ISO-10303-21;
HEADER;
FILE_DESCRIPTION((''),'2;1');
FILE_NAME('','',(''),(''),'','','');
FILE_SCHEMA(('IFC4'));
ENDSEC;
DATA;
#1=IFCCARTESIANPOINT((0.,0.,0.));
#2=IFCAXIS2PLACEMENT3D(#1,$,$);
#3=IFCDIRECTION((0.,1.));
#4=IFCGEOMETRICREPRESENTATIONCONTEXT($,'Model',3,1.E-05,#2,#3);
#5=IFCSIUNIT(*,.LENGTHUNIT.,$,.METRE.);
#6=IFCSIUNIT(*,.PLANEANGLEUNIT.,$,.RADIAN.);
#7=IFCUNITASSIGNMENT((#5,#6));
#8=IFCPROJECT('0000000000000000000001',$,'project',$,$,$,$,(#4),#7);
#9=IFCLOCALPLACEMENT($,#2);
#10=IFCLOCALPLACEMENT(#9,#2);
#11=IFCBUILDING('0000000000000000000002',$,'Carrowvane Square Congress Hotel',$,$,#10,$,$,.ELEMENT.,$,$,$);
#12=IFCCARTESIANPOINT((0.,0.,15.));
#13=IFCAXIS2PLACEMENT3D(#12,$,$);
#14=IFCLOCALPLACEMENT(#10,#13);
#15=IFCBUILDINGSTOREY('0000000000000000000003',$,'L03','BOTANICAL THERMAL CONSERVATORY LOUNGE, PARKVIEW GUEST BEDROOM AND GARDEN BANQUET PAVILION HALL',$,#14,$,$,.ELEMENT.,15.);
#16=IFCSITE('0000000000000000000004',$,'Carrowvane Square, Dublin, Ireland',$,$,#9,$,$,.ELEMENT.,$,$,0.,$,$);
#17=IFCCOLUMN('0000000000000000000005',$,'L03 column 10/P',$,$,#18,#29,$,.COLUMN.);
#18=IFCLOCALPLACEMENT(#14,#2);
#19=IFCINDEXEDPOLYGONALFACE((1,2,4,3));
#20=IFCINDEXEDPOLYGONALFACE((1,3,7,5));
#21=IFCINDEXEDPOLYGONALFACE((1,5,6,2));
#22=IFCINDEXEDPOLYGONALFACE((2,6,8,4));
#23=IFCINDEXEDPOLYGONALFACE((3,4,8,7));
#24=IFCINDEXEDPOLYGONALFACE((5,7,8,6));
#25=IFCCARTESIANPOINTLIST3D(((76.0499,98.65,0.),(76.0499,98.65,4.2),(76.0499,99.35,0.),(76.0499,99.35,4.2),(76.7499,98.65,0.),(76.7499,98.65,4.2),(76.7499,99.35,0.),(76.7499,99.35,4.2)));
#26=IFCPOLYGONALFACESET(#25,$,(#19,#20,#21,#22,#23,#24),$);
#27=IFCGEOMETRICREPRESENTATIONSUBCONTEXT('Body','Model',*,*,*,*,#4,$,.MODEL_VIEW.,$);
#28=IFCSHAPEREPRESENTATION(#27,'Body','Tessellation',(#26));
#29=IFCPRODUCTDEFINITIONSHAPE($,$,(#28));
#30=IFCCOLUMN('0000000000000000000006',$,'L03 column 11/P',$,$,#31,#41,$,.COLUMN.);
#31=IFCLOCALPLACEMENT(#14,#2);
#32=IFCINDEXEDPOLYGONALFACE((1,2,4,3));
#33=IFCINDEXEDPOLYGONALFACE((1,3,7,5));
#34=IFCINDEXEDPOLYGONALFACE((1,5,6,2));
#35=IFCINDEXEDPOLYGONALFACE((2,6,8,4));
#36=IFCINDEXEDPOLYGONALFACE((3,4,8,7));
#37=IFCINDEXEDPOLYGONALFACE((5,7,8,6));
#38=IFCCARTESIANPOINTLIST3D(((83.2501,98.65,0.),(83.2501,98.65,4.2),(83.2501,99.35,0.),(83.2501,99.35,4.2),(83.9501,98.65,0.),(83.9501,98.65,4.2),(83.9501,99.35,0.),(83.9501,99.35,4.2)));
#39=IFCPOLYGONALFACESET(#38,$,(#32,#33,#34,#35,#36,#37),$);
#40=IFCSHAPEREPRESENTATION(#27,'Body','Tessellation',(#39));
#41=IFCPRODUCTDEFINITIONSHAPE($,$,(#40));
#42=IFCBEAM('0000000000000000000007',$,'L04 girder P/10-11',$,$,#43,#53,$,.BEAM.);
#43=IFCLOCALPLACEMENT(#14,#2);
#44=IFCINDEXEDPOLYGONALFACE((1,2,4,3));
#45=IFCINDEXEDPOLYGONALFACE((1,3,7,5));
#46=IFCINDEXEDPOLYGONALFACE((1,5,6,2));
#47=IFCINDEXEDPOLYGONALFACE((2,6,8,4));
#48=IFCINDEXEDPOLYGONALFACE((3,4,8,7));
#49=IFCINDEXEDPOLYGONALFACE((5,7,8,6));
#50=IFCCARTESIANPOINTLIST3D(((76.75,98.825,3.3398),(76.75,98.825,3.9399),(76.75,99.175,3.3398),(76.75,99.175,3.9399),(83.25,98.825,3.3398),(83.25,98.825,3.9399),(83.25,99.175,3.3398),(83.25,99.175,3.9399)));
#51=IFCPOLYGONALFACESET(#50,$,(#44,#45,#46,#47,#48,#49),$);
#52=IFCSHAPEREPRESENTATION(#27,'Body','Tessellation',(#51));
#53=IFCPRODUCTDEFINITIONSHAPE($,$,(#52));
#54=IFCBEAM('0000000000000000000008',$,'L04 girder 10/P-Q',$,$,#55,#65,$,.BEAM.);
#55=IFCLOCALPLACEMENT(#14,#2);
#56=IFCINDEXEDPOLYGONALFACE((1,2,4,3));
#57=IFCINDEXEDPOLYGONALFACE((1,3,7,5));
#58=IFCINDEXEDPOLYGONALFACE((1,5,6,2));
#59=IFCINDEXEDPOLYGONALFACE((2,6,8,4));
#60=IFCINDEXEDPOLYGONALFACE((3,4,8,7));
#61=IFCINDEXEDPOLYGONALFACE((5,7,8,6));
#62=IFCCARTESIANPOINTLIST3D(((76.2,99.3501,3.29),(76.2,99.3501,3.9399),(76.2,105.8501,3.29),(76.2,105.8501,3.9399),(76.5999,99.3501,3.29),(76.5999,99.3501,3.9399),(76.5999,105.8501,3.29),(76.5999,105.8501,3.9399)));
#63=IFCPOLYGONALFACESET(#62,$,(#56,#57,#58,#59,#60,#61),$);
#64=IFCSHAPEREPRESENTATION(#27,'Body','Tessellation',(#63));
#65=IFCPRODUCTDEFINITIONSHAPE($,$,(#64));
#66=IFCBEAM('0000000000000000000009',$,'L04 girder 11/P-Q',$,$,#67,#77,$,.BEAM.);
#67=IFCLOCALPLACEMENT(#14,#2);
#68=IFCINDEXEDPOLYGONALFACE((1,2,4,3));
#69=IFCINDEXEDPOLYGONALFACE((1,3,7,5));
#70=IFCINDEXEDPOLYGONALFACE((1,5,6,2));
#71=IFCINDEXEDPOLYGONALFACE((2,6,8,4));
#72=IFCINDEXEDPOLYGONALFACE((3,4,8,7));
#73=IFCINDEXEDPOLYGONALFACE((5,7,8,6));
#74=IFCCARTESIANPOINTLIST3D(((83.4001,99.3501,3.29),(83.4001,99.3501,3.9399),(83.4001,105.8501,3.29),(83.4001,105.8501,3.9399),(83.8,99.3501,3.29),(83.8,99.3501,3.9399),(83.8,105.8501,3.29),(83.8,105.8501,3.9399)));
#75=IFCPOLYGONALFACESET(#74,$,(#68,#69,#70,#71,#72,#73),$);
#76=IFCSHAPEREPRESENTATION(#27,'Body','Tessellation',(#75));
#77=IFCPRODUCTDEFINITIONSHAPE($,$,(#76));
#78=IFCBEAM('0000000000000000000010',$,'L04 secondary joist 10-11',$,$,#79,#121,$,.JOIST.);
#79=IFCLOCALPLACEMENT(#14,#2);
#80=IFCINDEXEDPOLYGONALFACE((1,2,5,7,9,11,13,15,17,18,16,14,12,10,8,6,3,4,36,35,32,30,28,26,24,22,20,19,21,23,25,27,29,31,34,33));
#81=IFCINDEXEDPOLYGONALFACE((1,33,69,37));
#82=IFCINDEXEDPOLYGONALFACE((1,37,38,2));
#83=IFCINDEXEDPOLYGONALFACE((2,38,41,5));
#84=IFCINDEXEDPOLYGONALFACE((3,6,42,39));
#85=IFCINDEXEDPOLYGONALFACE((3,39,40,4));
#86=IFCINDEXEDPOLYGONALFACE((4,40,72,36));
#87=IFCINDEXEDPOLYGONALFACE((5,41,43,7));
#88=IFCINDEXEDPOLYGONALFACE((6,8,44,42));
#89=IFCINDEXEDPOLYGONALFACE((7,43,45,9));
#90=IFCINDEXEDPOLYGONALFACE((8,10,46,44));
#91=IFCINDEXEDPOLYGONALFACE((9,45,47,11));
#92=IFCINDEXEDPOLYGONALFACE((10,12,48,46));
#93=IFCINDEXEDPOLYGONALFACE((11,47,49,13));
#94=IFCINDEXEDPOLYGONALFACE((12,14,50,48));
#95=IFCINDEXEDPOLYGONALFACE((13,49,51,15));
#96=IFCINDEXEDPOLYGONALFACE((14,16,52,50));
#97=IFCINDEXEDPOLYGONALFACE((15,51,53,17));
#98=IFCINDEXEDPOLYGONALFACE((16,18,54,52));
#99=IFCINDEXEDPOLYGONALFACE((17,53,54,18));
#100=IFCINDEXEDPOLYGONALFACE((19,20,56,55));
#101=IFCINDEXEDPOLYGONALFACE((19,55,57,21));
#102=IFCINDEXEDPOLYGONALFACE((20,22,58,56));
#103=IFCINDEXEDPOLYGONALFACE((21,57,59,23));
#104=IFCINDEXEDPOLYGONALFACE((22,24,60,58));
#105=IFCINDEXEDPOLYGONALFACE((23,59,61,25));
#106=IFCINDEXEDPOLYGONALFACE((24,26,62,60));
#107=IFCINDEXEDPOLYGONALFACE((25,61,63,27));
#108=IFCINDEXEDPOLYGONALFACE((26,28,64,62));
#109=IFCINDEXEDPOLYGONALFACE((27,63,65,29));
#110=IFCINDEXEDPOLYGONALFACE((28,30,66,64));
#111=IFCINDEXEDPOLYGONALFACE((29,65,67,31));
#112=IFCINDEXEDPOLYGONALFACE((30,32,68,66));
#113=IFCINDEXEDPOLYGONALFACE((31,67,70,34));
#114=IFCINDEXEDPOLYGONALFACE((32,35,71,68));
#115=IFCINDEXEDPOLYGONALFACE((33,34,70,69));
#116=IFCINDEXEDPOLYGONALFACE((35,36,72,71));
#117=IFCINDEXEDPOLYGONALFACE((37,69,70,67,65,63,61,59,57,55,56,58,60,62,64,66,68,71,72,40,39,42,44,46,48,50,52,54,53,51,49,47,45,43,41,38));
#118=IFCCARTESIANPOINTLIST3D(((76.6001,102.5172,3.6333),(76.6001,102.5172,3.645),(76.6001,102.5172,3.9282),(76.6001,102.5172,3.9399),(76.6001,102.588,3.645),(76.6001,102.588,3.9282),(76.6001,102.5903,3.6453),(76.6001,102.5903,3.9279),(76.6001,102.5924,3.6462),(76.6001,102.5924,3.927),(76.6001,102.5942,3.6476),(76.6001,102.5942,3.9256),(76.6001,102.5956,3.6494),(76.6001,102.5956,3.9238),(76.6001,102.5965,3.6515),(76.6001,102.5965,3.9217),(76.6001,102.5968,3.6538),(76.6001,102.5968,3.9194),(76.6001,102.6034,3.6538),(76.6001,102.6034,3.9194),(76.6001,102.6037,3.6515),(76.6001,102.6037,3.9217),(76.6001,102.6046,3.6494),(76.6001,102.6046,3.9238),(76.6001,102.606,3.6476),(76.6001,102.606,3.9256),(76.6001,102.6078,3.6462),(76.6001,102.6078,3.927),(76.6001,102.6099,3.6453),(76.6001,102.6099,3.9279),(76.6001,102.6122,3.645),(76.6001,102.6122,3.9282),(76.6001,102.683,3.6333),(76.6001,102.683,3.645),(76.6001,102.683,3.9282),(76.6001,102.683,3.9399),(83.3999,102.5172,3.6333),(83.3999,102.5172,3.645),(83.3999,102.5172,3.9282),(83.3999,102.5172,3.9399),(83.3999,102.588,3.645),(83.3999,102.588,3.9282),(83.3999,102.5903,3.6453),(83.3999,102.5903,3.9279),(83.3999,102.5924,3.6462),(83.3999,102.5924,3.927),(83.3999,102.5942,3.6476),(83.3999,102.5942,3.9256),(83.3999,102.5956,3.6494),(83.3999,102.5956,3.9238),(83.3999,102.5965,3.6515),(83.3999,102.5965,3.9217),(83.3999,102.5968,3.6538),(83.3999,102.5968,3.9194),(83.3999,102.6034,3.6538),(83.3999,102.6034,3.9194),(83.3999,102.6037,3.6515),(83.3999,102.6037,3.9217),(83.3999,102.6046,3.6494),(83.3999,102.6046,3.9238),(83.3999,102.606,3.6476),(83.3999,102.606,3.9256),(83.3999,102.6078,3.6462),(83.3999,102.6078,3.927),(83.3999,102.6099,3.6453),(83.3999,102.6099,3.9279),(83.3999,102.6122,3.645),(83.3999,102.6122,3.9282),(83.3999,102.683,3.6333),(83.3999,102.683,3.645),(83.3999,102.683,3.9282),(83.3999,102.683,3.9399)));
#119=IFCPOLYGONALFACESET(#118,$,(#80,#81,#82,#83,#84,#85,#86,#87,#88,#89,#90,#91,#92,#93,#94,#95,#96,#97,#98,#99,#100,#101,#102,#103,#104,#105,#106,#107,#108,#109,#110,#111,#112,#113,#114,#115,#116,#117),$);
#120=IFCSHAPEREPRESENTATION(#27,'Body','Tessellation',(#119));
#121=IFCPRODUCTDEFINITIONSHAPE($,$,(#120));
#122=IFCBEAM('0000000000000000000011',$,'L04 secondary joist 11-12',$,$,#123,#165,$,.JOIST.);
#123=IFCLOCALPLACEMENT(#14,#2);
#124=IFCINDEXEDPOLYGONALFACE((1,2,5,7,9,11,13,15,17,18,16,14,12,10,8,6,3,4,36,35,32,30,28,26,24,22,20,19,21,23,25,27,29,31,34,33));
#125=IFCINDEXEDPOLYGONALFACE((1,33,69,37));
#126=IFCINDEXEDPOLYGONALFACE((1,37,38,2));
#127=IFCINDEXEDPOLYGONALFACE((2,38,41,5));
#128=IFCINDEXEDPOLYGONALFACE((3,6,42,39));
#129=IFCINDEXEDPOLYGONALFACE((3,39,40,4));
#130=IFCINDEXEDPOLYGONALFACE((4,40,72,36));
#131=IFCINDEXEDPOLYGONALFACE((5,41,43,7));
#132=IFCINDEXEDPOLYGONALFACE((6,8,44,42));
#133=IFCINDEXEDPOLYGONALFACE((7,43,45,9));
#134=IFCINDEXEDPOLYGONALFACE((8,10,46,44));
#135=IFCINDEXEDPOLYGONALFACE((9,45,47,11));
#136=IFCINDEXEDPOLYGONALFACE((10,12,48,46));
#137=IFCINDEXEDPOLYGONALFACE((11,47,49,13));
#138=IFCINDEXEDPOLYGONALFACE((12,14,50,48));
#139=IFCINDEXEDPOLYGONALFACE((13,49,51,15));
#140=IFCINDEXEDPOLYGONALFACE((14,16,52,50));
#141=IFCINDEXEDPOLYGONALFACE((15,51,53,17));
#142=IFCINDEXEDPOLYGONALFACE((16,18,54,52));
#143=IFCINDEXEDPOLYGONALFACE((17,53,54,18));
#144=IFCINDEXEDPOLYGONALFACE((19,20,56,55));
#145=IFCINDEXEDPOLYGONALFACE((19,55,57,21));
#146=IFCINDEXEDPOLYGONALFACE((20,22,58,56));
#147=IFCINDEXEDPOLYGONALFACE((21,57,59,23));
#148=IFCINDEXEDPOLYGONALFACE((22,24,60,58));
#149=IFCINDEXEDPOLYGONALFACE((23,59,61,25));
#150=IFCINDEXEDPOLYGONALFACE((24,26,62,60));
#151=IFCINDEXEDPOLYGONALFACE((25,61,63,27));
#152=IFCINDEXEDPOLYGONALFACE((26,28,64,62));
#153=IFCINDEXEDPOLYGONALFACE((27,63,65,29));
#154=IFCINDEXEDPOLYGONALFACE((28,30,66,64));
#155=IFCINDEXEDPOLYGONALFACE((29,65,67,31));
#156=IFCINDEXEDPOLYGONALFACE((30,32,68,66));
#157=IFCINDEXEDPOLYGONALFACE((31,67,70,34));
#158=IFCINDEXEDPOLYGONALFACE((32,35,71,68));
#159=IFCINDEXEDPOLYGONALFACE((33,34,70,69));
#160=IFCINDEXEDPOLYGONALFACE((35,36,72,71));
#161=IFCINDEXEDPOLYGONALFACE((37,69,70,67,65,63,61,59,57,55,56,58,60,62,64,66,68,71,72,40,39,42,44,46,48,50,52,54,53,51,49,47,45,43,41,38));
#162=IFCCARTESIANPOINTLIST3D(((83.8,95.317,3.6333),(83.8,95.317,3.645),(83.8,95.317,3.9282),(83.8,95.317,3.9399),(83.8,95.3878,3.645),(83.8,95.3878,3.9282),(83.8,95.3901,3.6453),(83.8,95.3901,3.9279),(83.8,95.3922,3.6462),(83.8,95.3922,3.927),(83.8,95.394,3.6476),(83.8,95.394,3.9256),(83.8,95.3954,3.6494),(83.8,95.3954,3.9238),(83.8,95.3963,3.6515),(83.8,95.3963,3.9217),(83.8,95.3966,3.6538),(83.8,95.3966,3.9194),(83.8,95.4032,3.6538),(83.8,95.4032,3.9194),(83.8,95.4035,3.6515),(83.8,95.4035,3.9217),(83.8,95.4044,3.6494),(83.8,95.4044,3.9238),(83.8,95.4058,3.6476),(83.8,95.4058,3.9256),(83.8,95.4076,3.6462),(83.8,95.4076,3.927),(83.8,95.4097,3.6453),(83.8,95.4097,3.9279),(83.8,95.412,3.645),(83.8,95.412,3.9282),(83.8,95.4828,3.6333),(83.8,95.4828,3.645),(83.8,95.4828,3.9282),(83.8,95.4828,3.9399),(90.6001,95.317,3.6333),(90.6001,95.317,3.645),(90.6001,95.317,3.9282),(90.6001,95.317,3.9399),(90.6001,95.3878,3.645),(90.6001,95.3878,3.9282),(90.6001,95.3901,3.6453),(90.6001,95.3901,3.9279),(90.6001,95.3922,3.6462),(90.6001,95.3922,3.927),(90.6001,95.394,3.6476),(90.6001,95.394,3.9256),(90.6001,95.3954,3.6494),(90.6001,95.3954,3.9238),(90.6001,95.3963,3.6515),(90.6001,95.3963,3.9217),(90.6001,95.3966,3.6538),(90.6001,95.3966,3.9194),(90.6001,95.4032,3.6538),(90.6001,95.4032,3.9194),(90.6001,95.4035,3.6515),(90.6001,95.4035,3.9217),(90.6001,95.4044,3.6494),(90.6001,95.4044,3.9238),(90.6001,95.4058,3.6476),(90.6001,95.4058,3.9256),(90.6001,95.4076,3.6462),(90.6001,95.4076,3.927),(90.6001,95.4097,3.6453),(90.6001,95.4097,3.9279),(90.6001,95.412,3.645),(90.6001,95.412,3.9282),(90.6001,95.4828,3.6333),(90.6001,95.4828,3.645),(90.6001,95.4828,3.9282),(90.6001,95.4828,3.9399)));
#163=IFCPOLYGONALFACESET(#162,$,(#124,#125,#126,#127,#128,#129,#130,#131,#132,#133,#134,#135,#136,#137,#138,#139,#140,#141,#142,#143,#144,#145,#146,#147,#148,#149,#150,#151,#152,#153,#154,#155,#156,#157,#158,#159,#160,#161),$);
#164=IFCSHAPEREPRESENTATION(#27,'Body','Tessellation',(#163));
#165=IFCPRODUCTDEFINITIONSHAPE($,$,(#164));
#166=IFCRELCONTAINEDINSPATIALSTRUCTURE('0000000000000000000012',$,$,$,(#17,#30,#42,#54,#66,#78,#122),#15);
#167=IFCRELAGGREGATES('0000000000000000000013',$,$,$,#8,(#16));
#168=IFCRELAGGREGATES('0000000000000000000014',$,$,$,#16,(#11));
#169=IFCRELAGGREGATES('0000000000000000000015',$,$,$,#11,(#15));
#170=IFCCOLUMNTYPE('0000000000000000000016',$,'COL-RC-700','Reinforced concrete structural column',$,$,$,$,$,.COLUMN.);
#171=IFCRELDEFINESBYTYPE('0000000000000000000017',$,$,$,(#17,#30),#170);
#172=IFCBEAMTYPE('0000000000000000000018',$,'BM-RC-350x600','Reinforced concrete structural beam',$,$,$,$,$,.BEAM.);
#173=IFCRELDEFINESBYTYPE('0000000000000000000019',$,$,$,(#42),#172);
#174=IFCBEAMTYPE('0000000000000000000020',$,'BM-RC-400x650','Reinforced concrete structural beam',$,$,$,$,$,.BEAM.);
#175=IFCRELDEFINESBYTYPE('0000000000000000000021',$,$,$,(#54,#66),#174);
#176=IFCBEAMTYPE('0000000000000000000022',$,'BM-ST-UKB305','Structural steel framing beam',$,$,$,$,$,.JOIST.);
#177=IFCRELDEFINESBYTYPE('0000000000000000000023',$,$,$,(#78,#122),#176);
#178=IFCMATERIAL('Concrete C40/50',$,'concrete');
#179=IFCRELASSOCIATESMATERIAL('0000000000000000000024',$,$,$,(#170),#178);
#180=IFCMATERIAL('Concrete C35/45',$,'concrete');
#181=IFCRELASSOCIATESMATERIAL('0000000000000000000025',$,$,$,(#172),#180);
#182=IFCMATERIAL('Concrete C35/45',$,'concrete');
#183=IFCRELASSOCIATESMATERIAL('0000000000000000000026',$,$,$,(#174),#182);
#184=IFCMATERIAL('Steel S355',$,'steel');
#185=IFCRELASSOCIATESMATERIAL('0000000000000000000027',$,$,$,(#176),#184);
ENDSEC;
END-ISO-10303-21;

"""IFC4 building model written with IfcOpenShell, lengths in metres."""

from ifc_helpers import new_model, si_unit, direction, frame, origin, origin_2d, place, context, subcontext, project, spatial, rectangle, i_section, extrude, material, material_profile, profile_set, type_object, element, save


model = new_model("IFC4")

# Units and contexts
model_context = context("Model", 3, precision=1e-05, world=origin(), true_north=direction((0.0, 1.0)))
body_context = subcontext(model_context, "Body", "Model", "MODEL_VIEW")
ifc_project = project(units=[si_unit("LENGTHUNIT", "METRE"), si_unit("PLANEANGLEUNIT", "RADIAN")], contexts=[model_context])

# Site, building, storey
site_placement = place(None, origin())
site = spatial("IfcSite", under=ifc_project, at=site_placement, Name="Carrowvane Square, Dublin, Ireland", CompositionType="ELEMENT", RefElevation=0.0)
building_placement = place(site_placement, origin())
building = spatial("IfcBuilding", under=site, at=building_placement, Name="Carrowvane Square Congress Hotel", CompositionType="ELEMENT")
storey_placement = place(building_placement, frame((0.0, 0.0, 15.0)))
storey = spatial("IfcBuildingStorey", under=building, at=storey_placement, Name="L03", Description="BOTANICAL THERMAL CONSERVATORY LOUNGE, PARKVIEW GUEST BEDROOM AND GARDEN BANQUET PAVILION HALL", CompositionType="ELEMENT", Elevation=15.0)

# Columns
ifc_material_1 = material(Name="Concrete C40/50", Category="concrete")
ifc_material_profile_1 = material_profile(ifc_material_1, rectangle(XDim=0.7, YDim=0.7, at=origin_2d()), Name="RC 700x700")
ifc_profile_set_1 = profile_set([ifc_material_profile_1], Name="Concrete C40/50")
column_type = type_object("IfcColumnType", Name="COL-RC-700", Description="Reinforced concrete structural column", PredefinedType="COLUMN", material=ifc_profile_set_1)
for number, where, z_axis, x_axis, name in (
    (1, (76.3999, 99.0, 0.0), (0.0, 0.0, 1.0), (1.0, 0.0, 0.0), "L03 column 10/P"),
    (2, (83.6001, 99.0, 0.0), (0.0, 0.0, 1.0), (1.0, 0.0, 0.0), "L03 column 11/P"),
):
    element("IfcColumn", number, at=place(storey_placement, frame(where, z_axis=z_axis, x_axis=x_axis)), inside=storey, type_object=column_type, Name=name, PredefinedType="COLUMN", context=body_context, shape_type="SweptSolid", body=[
        extrude(rectangle(XDim=0.7, YDim=0.7, at=origin_2d()), origin(), (0.0, 0.0, 1.0), 4.2),
    ])

# Beams
ifc_material_2 = material(Name="Concrete C35/45", Category="concrete")
ifc_material_profile_2 = material_profile(ifc_material_2, rectangle(XDim=0.3501, YDim=0.6001, at=origin_2d()), Name="RC 350x600")
ifc_profile_set_2 = profile_set([ifc_material_profile_2], Name="Concrete C35/45")
beam_type_1 = type_object("IfcBeamType", Name="BM-RC-350x600", Description="Reinforced concrete structural beam", PredefinedType="BEAM", material=ifc_profile_set_2)
beam_1_placement = place(storey_placement, frame((76.75, 99.0, 3.6399), z_axis=(1.0, 0.0, 0.0), x_axis=(0.0, 1.0, 0.0)))
element("IfcBeam", 3, at=beam_1_placement, inside=storey, type_object=beam_type_1, Name="L04 girder P/10-11", PredefinedType="BEAM", context=body_context, shape_type="SweptSolid", body=[
    extrude(rectangle(XDim=0.3501, YDim=0.6001, at=origin_2d()), origin(), (0.0, 0.0, 1.0), 6.5),
])
ifc_material_3 = material(Name="Concrete C35/45", Category="concrete")
ifc_material_profile_3 = material_profile(ifc_material_3, rectangle(XDim=0.3999, YDim=0.6499, at=origin_2d()), Name="RC 400x650")
ifc_profile_set_3 = profile_set([ifc_material_profile_3], Name="Concrete C35/45")
beam_type_2 = type_object("IfcBeamType", Name="BM-RC-400x650", Description="Reinforced concrete structural beam", PredefinedType="BEAM", material=ifc_profile_set_3)
for number, where, z_axis, x_axis, name in (
    (4, (76.3999, 99.3501, 3.615), (0.0, 1.0, 0.0), (-1.0, 0.0, 0.0), "L04 girder 10/P-Q"),
    (5, (83.6001, 99.3501, 3.615), (0.0, 1.0, 0.0), (-1.0, 0.0, 0.0), "L04 girder 11/P-Q"),
):
    element("IfcBeam", number, at=place(storey_placement, frame(where, z_axis=z_axis, x_axis=x_axis)), inside=storey, type_object=beam_type_2, Name=name, PredefinedType="BEAM", context=body_context, shape_type="SweptSolid", body=[
        extrude(rectangle(XDim=0.3999, YDim=0.6499, at=origin_2d()), origin(), (0.0, 0.0, 1.0), 6.5),
    ])
ifc_material_4 = material(Name="Steel S355", Category="steel")
ifc_material_profile_4 = material_profile(ifc_material_4, i_section(OverallWidth=0.1658, OverallDepth=0.3066, WebThickness=0.0066, FlangeThickness=0.0117, FilletRadius=0.0088, at=origin_2d()), Name="UKB 305x165x46")
ifc_profile_set_4 = profile_set([ifc_material_profile_4], Name="Steel S355")
beam_type_3 = type_object("IfcBeamType", Name="BM-ST-UKB305", Description="Structural steel framing beam", PredefinedType="JOIST", material=ifc_profile_set_4)
beam_2_placement = place(storey_placement, frame((76.6001, 102.6001, 3.7866), z_axis=(1.0, 0.0, 0.0), x_axis=(0.0, 1.0, 0.0)))
element("IfcBeam", 6, at=beam_2_placement, inside=storey, type_object=beam_type_3, Name="L04 secondary joist 10-11", PredefinedType="JOIST", context=body_context, shape_type="SweptSolid", body=[
    extrude(i_section(OverallWidth=0.1658, OverallDepth=0.3066, WebThickness=0.0066, FlangeThickness=0.0117, FilletRadius=0.0088, at=origin_2d()), origin(), (0.0, 0.0, 1.0), 6.7998),
])
for number, where, z_axis, x_axis, name in (
    (7, (83.8, 95.3999, 3.7866), (1.0, 0.0, 0.0), (0.0, 1.0, 0.0), "L04 secondary joist 11-12"),
):
    element("IfcBeam", number, at=place(storey_placement, frame(where, z_axis=z_axis, x_axis=x_axis)), inside=storey, type_object=beam_type_3, Name=name, PredefinedType="JOIST", context=body_context, shape_type="SweptSolid", body=[
        extrude(i_section(OverallWidth=0.1658, OverallDepth=0.3066, WebThickness=0.0066, FlangeThickness=0.0117, FilletRadius=0.0088, at=origin_2d()), origin(), (0.0, 0.0, 1.0), 6.8),
    ])

save(model, "model.ifc")
